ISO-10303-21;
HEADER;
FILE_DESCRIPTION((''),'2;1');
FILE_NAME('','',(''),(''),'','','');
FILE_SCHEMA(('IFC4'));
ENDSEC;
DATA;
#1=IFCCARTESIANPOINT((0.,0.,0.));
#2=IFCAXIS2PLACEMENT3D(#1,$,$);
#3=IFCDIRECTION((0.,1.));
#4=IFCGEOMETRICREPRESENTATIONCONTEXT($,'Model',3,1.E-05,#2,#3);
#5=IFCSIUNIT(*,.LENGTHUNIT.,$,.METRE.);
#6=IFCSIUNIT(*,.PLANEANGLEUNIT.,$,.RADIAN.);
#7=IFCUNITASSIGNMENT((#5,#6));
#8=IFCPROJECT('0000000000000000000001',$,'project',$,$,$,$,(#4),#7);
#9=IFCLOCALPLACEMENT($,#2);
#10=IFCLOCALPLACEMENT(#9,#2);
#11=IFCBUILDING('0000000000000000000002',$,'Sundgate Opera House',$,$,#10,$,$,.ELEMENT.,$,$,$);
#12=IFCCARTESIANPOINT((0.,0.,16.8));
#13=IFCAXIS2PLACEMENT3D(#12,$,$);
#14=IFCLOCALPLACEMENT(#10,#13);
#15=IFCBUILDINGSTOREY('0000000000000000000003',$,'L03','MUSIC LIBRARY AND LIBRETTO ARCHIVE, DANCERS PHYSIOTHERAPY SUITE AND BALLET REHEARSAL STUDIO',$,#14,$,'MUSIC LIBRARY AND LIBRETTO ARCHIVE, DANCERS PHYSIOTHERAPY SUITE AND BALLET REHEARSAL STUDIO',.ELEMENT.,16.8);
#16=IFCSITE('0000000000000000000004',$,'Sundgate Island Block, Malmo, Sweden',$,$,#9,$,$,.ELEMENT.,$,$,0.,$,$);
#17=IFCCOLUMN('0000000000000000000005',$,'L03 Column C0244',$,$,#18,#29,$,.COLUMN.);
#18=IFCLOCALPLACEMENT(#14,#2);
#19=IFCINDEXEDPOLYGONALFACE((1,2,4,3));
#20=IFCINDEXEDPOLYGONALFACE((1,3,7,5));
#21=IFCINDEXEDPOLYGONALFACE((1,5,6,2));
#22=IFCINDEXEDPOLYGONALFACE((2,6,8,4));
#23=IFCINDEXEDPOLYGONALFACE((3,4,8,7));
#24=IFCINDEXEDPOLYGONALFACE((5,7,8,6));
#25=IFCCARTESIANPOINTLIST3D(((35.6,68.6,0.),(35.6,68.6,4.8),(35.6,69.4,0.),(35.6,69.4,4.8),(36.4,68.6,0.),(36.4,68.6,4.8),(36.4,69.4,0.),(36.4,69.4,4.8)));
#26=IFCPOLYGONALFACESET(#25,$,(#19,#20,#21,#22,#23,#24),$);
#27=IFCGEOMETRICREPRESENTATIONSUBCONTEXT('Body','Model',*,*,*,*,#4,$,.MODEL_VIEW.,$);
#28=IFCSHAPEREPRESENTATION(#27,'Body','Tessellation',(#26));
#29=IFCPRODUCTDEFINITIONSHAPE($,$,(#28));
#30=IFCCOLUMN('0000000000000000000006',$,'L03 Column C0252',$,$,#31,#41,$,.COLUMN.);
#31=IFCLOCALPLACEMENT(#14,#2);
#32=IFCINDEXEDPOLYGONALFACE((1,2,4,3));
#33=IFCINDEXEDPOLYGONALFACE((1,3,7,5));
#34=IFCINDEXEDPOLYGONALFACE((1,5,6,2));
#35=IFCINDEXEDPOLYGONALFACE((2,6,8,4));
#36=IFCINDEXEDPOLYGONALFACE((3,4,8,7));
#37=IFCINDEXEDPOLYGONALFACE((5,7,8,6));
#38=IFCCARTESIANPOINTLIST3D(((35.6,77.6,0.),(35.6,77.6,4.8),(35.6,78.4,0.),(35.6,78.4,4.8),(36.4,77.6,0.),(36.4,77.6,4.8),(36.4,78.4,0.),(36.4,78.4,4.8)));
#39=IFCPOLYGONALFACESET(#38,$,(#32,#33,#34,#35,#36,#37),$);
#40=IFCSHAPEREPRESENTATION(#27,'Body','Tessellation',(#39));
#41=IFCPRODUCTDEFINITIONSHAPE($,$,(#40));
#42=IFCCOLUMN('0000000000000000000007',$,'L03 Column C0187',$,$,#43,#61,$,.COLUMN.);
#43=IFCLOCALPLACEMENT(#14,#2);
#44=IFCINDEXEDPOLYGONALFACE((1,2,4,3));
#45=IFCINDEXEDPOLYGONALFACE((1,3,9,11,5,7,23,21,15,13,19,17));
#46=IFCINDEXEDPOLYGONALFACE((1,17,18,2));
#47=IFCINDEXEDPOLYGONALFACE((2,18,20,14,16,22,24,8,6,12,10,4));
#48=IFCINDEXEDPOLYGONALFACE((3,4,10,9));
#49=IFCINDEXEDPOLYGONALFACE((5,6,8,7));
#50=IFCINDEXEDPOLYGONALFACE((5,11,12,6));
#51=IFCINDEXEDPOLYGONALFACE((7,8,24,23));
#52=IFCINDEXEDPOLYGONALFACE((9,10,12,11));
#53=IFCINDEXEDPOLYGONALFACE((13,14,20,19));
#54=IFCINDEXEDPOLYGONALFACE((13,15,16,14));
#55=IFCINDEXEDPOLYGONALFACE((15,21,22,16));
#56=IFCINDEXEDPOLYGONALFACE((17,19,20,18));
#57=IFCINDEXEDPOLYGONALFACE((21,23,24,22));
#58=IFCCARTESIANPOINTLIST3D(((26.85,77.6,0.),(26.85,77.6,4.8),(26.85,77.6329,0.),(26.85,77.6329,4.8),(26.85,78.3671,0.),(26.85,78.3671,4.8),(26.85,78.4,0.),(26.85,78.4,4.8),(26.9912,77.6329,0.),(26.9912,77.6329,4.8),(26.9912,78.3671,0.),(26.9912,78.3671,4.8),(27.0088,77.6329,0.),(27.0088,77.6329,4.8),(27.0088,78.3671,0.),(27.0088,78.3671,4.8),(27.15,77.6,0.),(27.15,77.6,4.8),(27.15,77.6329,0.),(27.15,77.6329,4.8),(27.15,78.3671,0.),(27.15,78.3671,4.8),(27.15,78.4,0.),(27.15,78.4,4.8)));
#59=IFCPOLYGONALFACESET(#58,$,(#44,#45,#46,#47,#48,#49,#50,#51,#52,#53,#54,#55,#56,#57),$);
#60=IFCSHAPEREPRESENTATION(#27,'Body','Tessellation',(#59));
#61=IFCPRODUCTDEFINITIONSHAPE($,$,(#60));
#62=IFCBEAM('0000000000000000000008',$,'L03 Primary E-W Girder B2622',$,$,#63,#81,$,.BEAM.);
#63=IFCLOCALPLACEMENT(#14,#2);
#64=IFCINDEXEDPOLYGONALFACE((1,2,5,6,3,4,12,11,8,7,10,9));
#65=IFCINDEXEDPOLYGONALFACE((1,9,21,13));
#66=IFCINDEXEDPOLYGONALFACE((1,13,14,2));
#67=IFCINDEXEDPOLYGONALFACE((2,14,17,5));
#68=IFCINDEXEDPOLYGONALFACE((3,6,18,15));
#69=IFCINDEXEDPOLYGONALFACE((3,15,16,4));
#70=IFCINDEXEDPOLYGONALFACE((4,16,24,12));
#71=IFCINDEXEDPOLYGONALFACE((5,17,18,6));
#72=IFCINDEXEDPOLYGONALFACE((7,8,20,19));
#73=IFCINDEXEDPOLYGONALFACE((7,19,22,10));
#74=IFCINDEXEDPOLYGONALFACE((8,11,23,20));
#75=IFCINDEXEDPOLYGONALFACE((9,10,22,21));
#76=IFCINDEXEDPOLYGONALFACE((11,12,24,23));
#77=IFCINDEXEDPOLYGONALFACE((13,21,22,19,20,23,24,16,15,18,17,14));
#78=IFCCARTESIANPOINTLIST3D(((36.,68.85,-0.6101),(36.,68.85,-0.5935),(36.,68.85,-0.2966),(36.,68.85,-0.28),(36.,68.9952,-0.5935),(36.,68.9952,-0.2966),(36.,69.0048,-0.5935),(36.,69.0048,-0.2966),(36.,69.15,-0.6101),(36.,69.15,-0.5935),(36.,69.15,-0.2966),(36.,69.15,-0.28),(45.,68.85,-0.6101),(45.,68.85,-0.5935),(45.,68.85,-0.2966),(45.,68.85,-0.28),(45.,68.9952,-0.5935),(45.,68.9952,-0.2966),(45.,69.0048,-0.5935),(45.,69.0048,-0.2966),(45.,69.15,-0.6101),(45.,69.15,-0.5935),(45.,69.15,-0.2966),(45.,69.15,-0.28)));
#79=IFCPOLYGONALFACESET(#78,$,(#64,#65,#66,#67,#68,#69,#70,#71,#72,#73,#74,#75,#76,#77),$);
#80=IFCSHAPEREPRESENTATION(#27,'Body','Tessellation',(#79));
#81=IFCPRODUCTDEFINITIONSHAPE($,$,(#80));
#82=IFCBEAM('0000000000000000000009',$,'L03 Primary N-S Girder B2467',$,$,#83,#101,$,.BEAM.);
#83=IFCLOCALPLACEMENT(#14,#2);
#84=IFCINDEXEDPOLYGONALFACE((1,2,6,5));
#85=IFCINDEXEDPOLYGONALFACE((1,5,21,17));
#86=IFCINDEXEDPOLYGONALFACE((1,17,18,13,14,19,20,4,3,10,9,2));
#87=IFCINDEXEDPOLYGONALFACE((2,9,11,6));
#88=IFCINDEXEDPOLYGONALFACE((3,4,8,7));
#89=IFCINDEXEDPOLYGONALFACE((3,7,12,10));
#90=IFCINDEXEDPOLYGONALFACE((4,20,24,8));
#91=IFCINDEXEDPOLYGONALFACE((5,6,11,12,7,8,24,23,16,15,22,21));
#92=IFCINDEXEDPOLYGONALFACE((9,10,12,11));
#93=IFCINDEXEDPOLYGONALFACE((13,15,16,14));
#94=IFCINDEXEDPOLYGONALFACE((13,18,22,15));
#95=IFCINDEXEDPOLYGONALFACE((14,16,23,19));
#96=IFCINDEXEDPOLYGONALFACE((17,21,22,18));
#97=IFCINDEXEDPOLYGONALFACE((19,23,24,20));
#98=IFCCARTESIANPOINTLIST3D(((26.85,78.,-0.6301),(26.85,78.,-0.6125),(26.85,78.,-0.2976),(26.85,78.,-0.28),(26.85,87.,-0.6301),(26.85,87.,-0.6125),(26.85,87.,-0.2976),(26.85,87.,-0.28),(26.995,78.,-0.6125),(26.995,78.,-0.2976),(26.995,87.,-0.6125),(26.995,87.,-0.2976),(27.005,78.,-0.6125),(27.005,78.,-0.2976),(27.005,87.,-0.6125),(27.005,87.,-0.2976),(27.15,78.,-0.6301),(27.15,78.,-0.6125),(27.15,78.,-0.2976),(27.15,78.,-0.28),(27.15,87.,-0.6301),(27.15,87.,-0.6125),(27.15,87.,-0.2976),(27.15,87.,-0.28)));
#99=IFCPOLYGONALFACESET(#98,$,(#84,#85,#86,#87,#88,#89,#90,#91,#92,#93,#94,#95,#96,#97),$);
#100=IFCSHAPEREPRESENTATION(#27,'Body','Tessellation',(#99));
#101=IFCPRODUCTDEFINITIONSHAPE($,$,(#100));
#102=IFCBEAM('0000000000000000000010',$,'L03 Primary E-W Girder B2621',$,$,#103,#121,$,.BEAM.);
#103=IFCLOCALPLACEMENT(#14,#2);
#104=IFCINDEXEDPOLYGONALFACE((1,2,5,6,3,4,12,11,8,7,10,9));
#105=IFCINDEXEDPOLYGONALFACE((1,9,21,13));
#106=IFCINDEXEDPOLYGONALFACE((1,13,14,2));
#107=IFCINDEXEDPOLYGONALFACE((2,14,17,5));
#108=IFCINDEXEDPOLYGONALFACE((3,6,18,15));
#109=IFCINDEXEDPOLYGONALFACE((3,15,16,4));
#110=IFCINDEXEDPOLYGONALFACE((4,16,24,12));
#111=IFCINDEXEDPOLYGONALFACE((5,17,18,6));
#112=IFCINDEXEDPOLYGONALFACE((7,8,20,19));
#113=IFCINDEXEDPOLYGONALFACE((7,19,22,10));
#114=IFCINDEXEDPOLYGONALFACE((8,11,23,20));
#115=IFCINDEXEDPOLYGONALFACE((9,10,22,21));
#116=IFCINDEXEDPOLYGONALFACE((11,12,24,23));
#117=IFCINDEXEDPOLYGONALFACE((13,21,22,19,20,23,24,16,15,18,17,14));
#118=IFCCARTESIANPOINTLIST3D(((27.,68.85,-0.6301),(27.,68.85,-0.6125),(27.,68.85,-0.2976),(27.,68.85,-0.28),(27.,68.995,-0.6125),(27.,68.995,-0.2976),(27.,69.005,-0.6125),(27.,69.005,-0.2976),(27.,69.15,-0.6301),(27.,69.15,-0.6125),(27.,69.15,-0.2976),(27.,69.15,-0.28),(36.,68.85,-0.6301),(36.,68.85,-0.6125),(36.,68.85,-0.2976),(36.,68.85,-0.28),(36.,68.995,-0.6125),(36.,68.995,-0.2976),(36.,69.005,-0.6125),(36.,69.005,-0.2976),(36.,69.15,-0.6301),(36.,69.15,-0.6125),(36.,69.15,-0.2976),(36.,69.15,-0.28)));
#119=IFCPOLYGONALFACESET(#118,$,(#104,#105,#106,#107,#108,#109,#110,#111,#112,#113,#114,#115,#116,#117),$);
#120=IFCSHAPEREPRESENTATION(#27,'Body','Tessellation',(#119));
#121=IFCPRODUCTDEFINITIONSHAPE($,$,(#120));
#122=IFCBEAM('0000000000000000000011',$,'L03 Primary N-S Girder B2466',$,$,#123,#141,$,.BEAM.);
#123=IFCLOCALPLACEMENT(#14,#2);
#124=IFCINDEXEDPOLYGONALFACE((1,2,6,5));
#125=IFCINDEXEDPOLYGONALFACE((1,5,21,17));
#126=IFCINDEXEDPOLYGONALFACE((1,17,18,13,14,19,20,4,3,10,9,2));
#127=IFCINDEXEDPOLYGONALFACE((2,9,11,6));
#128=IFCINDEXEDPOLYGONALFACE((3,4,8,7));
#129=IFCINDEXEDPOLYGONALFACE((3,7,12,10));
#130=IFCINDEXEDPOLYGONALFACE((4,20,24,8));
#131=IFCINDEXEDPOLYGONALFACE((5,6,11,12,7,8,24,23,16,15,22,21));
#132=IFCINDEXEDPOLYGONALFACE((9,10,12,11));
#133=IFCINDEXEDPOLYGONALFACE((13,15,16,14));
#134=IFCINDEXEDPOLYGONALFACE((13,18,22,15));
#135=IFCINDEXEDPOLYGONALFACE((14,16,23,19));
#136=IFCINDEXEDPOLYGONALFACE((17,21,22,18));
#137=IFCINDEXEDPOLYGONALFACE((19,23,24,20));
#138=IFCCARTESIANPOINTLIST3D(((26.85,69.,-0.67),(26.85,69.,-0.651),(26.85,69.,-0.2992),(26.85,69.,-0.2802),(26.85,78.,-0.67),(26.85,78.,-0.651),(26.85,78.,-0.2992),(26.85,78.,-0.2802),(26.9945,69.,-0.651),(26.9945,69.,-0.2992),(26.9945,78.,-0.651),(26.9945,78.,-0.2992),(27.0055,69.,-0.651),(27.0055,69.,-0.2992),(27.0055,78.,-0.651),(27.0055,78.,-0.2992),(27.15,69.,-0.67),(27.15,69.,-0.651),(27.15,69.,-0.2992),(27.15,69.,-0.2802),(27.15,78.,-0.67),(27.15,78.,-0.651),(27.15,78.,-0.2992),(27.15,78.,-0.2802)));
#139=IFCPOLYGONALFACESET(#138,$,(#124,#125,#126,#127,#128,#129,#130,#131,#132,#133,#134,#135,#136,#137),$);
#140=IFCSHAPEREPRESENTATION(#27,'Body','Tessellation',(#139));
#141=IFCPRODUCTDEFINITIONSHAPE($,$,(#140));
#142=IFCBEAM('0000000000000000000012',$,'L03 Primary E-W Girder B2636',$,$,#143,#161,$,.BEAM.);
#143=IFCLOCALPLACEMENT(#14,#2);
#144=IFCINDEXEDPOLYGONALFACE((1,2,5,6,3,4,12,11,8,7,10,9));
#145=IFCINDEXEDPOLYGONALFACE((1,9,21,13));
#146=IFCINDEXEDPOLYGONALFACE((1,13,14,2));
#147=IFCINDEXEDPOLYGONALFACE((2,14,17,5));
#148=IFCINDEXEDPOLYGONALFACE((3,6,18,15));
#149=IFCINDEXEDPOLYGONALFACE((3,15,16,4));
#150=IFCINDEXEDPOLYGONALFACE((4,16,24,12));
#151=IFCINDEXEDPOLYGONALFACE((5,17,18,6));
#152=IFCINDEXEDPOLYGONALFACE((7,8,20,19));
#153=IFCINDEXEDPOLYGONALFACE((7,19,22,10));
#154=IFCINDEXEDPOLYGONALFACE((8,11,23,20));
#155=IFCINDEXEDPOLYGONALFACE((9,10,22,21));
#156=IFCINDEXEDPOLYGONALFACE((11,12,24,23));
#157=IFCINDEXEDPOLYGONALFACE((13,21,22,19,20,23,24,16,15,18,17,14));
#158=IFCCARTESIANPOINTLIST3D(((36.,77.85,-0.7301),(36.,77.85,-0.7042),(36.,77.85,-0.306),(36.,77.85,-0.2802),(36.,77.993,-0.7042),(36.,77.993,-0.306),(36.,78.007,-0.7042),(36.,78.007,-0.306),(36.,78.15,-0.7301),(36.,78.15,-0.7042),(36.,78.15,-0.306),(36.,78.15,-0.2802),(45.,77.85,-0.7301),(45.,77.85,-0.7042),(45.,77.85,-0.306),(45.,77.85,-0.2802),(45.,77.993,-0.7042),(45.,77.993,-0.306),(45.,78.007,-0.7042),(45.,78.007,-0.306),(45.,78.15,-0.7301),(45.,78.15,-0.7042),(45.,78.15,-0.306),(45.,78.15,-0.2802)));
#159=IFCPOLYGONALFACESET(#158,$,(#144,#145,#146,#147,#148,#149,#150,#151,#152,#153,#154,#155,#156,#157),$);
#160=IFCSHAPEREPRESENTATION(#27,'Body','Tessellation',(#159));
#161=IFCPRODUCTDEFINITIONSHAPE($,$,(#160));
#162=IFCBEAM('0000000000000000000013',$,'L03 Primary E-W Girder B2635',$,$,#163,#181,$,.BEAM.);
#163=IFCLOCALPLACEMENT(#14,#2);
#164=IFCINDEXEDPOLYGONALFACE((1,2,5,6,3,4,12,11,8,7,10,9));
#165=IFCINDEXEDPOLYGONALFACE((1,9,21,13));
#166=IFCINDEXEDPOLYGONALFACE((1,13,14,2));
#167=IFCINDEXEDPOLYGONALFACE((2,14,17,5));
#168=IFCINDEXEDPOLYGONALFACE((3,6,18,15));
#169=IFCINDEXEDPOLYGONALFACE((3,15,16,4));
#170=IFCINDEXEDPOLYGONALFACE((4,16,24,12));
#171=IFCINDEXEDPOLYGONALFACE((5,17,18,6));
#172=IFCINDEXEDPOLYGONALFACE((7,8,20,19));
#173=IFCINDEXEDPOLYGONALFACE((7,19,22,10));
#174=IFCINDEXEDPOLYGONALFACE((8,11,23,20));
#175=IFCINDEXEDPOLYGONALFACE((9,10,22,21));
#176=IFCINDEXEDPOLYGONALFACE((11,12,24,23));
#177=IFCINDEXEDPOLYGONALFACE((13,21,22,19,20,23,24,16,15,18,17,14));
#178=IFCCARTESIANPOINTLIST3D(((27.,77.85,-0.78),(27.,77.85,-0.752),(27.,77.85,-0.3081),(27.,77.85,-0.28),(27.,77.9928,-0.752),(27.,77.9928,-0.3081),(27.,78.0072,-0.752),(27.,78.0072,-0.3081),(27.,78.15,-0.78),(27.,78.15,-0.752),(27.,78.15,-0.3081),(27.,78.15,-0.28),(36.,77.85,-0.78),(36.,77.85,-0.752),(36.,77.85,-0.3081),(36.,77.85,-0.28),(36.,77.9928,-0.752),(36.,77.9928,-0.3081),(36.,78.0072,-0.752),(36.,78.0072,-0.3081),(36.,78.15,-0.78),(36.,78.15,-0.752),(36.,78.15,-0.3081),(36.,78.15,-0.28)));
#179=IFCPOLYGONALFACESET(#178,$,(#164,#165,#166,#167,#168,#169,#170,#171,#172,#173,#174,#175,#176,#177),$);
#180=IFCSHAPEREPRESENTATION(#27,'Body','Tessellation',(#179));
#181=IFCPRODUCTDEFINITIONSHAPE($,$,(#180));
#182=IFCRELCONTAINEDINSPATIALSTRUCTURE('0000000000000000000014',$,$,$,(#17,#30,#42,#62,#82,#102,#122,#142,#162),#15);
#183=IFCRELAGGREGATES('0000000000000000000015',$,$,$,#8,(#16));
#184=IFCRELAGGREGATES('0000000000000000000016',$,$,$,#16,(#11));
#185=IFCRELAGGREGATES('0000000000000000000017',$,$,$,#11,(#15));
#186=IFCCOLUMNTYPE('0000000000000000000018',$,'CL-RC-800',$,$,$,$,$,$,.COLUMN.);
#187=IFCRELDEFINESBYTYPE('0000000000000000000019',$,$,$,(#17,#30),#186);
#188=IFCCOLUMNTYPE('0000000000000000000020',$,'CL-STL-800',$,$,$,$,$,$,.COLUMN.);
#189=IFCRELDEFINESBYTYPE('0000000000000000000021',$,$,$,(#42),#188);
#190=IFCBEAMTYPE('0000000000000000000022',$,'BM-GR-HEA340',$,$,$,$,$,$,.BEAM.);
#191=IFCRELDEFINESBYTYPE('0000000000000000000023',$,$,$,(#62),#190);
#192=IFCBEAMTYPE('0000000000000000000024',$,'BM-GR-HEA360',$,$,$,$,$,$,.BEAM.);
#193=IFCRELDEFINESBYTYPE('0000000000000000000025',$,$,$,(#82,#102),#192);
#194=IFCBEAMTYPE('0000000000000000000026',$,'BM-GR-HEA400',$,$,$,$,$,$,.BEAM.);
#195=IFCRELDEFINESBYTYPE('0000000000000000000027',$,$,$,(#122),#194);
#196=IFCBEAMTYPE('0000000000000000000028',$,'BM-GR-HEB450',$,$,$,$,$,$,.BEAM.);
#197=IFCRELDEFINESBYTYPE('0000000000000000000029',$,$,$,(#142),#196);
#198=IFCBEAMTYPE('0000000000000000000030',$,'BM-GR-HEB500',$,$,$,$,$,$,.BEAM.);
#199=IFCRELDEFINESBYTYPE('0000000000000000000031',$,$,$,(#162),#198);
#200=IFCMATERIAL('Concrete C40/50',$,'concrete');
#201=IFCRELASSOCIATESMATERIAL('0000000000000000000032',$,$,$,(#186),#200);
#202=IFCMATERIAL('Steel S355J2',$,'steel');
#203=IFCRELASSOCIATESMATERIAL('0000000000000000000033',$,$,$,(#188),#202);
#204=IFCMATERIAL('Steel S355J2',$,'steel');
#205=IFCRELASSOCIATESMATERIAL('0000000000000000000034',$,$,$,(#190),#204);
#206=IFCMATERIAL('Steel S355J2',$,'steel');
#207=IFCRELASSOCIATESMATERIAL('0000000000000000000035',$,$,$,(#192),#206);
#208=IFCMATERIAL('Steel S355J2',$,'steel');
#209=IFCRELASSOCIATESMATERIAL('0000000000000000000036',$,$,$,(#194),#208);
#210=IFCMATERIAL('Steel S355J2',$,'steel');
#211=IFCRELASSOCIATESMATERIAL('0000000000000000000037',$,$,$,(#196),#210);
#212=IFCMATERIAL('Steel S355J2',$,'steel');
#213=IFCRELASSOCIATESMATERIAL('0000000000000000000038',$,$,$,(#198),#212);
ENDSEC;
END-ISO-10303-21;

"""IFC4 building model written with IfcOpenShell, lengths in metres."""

from ifc_helpers import new_model, si_unit, direction, frame, origin, origin_2d, place, context, subcontext, project, spatial, rectangle, i_section, extrude, material, material_profile, profile_set, type_object, element, save


model = new_model("IFC4")

# Units and contexts
model_context = context("Model", 3, precision=1e-05, world=origin(), true_north=direction((0.0, 1.0)))
body_context = subcontext(model_context, "Body", "Model", "MODEL_VIEW")
ifc_project = project(units=[si_unit("LENGTHUNIT", "METRE"), si_unit("PLANEANGLEUNIT", "RADIAN")], contexts=[model_context])

# Site, building, storey
site_placement = place(None, origin())
site = spatial("IfcSite", under=ifc_project, at=site_placement, Name="Sundgate Island Block, Malmo, Sweden", CompositionType="ELEMENT", RefElevation=0.0)
building_placement = place(site_placement, origin())
building = spatial("IfcBuilding", under=site, at=building_placement, Name="Sundgate Opera House", CompositionType="ELEMENT")
storey_placement = place(building_placement, frame((0.0, 0.0, 16.8)))
storey = spatial("IfcBuildingStorey", under=building, at=storey_placement, Name="L03", Description="MUSIC LIBRARY AND LIBRETTO ARCHIVE, DANCERS PHYSIOTHERAPY SUITE AND BALLET REHEARSAL STUDIO", LongName="MUSIC LIBRARY AND LIBRETTO ARCHIVE, DANCERS PHYSIOTHERAPY SUITE AND BALLET REHEARSAL STUDIO", CompositionType="ELEMENT", Elevation=16.8)

# Columns
ifc_material_1 = material(Name="Concrete C40/50", Category="concrete")
ifc_material_profile_1 = material_profile(ifc_material_1, rectangle(XDim=0.8, YDim=0.8, at=origin_2d()), Name="RC 800x800")
ifc_profile_set_1 = profile_set([ifc_material_profile_1], Name="Concrete C40/50")
column_type_1 = type_object("IfcColumnType", Name="CL-RC-800", PredefinedType="COLUMN", material=ifc_profile_set_1)
for number, where, z_axis, x_axis, name in (
    (1, (36.0, 69.0, 0.0), (0.0, 0.0, 1.0), (1.0, 0.0, 0.0), "L03 Column C0244"),
    (2, (36.0, 78.0, 0.0), (0.0, 0.0, 1.0), (1.0, 0.0, 0.0), "L03 Column C0252"),
):
    element("IfcColumn", number, at=place(storey_placement, frame(where, z_axis=z_axis, x_axis=x_axis)), inside=storey, type_object=column_type_1, Name=name, PredefinedType="COLUMN", context=body_context, shape_type="SweptSolid", body=[
        extrude(rectangle(XDim=0.8, YDim=0.8, at=origin_2d()), origin(), (0.0, 0.0, 1.0), 4.8),
    ])
ifc_material_2 = material(Name="Steel S355J2", Category="steel")
ifc_material_profile_2 = material_profile(ifc_material_2, i_section(OverallWidth=0.3, OverallDepth=0.8, WebThickness=0.0176, FlangeThickness=0.033, at=origin_2d()), Name="HEB 800")
ifc_profile_set_2 = profile_set([ifc_material_profile_2], Name="Steel S355J2")
column_type_2 = type_object("IfcColumnType", Name="CL-STL-800", PredefinedType="COLUMN", material=ifc_profile_set_2)
column_placement = place(storey_placement, frame((27.0, 78.0, 0.0), z_axis=(0.0, 0.0, 1.0), x_axis=(1.0, 0.0, 0.0)))
element("IfcColumn", 3, at=column_placement, inside=storey, type_object=column_type_2, Name="L03 Column C0187", PredefinedType="COLUMN", context=body_context, shape_type="SweptSolid", body=[
    extrude(i_section(OverallWidth=0.3, OverallDepth=0.8, WebThickness=0.0176, FlangeThickness=0.033, at=origin_2d()), origin(), (0.0, 0.0, 1.0), 4.8),
])

# Beams
ifc_material_3 = material(Name="Steel S355J2", Category="steel")
ifc_material_profile_3 = material_profile(ifc_material_3, i_section(OverallWidth=0.3, OverallDepth=0.3301, WebThickness=0.0095, FlangeThickness=0.0166, at=origin_2d()), Name="HEA 340")
ifc_profile_set_3 = profile_set([ifc_material_profile_3], Name="Steel S355J2")
beam_type_1 = type_object("IfcBeamType", Name="BM-GR-HEA340", PredefinedType="BEAM", material=ifc_profile_set_3)
beam_1_placement = place(storey_placement, frame((36.0, 69.0, -0.4451), z_axis=(1.0, 0.0, 0.0), x_axis=(0.0, 1.0, 0.0)))
element("IfcBeam", 4, at=beam_1_placement, inside=storey, type_object=beam_type_1, Name="L03 Primary E-W Girder B2622", PredefinedType="BEAM", context=body_context, shape_type="SweptSolid", body=[
    extrude(i_section(OverallWidth=0.3, OverallDepth=0.3301, WebThickness=0.0095, FlangeThickness=0.0166, at=origin_2d()), origin(), (0.0, 0.0, 1.0), 9.0),
])
ifc_material_4 = material(Name="Steel S355J2", Category="steel")
ifc_material_profile_4 = material_profile(ifc_material_4, i_section(OverallWidth=0.3, OverallDepth=0.3501, WebThickness=0.01, FlangeThickness=0.0176, at=origin_2d()), Name="HEA 360")
ifc_profile_set_4 = profile_set([ifc_material_profile_4], Name="Steel S355J2")
beam_type_2 = type_object("IfcBeamType", Name="BM-GR-HEA360", PredefinedType="BEAM", material=ifc_profile_set_4)
for number, where, z_axis, x_axis, name in (
    (5, (27.0, 78.0, -0.4551), (0.0, 1.0, 0.0), (-1.0, 0.0, 0.0), "L03 Primary N-S Girder B2467"),
    (6, (27.0, 69.0, -0.4551), (1.0, 0.0, 0.0), (0.0, 1.0, 0.0), "L03 Primary E-W Girder B2621"),
):
    element("IfcBeam", number, at=place(storey_placement, frame(where, z_axis=z_axis, x_axis=x_axis)), inside=storey, type_object=beam_type_2, Name=name, PredefinedType="BEAM", context=body_context, shape_type="SweptSolid", body=[
        extrude(i_section(OverallWidth=0.3, OverallDepth=0.3501, WebThickness=0.01, FlangeThickness=0.0176, at=origin_2d()), origin(), (0.0, 0.0, 1.0), 9.0),
    ])
ifc_material_5 = material(Name="Steel S355J2", Category="steel")
ifc_material_profile_5 = material_profile(ifc_material_5, i_section(OverallWidth=0.3, OverallDepth=0.3899, WebThickness=0.011, FlangeThickness=0.019, at=origin_2d()), Name="HEA 400")
ifc_profile_set_5 = profile_set([ifc_material_profile_5], Name="Steel S355J2")
beam_type_3 = type_object("IfcBeamType", Name="BM-GR-HEA400", PredefinedType="BEAM", material=ifc_profile_set_5)
beam_2_placement = place(storey_placement, frame((27.0, 69.0, -0.4751), z_axis=(0.0, 1.0, 0.0), x_axis=(-1.0, 0.0, 0.0)))
element("IfcBeam", 7, at=beam_2_placement, inside=storey, type_object=beam_type_3, Name="L03 Primary N-S Girder B2466", PredefinedType="BEAM", context=body_context, shape_type="SweptSolid", body=[
    extrude(i_section(OverallWidth=0.3, OverallDepth=0.3899, WebThickness=0.011, FlangeThickness=0.019, at=origin_2d()), origin(), (0.0, 0.0, 1.0), 9.0),
])
ifc_material_6 = material(Name="Steel S355J2", Category="steel")
ifc_material_profile_6 = material_profile(ifc_material_6, i_section(OverallWidth=0.3, OverallDepth=0.45, WebThickness=0.0139, FlangeThickness=0.0259, at=origin_2d()), Name="HEB 450")
ifc_profile_set_6 = profile_set([ifc_material_profile_6], Name="Steel S355J2")
beam_type_4 = type_object("IfcBeamType", Name="BM-GR-HEB450", PredefinedType="BEAM", material=ifc_profile_set_6)
beam_3_placement = place(storey_placement, frame((36.0, 78.0, -0.5051), z_axis=(1.0, 0.0, 0.0), x_axis=(0.0, 1.0, 0.0)))
element("IfcBeam", 8, at=beam_3_placement, inside=storey, type_object=beam_type_4, Name="L03 Primary E-W Girder B2636", PredefinedType="BEAM", context=body_context, shape_type="SweptSolid", body=[
    extrude(i_section(OverallWidth=0.3, OverallDepth=0.45, WebThickness=0.0139, FlangeThickness=0.0259, at=origin_2d()), origin(), (0.0, 0.0, 1.0), 9.0),
])
ifc_material_7 = material(Name="Steel S355J2", Category="steel")
ifc_material_profile_7 = material_profile(ifc_material_7, i_section(OverallWidth=0.3, OverallDepth=0.5, WebThickness=0.0144, FlangeThickness=0.0281, at=origin_2d()), Name="HEB 500")
ifc_profile_set_7 = profile_set([ifc_material_profile_7], Name="Steel S355J2")
beam_type_5 = type_object("IfcBeamType", Name="BM-GR-HEB500", PredefinedType="BEAM", material=ifc_profile_set_7)
beam_4_placement = place(storey_placement, frame((27.0, 78.0, -0.53), z_axis=(1.0, 0.0, 0.0), x_axis=(0.0, 1.0, 0.0)))
element("IfcBeam", 9, at=beam_4_placement, inside=storey, type_object=beam_type_5, Name="L03 Primary E-W Girder B2635", PredefinedType="BEAM", context=body_context, shape_type="SweptSolid", body=[
    extrude(i_section(OverallWidth=0.3, OverallDepth=0.5, WebThickness=0.0144, FlangeThickness=0.0281, at=origin_2d()), origin(), (0.0, 0.0, 1.0), 9.0),
])

save(model, "model.ifc")
